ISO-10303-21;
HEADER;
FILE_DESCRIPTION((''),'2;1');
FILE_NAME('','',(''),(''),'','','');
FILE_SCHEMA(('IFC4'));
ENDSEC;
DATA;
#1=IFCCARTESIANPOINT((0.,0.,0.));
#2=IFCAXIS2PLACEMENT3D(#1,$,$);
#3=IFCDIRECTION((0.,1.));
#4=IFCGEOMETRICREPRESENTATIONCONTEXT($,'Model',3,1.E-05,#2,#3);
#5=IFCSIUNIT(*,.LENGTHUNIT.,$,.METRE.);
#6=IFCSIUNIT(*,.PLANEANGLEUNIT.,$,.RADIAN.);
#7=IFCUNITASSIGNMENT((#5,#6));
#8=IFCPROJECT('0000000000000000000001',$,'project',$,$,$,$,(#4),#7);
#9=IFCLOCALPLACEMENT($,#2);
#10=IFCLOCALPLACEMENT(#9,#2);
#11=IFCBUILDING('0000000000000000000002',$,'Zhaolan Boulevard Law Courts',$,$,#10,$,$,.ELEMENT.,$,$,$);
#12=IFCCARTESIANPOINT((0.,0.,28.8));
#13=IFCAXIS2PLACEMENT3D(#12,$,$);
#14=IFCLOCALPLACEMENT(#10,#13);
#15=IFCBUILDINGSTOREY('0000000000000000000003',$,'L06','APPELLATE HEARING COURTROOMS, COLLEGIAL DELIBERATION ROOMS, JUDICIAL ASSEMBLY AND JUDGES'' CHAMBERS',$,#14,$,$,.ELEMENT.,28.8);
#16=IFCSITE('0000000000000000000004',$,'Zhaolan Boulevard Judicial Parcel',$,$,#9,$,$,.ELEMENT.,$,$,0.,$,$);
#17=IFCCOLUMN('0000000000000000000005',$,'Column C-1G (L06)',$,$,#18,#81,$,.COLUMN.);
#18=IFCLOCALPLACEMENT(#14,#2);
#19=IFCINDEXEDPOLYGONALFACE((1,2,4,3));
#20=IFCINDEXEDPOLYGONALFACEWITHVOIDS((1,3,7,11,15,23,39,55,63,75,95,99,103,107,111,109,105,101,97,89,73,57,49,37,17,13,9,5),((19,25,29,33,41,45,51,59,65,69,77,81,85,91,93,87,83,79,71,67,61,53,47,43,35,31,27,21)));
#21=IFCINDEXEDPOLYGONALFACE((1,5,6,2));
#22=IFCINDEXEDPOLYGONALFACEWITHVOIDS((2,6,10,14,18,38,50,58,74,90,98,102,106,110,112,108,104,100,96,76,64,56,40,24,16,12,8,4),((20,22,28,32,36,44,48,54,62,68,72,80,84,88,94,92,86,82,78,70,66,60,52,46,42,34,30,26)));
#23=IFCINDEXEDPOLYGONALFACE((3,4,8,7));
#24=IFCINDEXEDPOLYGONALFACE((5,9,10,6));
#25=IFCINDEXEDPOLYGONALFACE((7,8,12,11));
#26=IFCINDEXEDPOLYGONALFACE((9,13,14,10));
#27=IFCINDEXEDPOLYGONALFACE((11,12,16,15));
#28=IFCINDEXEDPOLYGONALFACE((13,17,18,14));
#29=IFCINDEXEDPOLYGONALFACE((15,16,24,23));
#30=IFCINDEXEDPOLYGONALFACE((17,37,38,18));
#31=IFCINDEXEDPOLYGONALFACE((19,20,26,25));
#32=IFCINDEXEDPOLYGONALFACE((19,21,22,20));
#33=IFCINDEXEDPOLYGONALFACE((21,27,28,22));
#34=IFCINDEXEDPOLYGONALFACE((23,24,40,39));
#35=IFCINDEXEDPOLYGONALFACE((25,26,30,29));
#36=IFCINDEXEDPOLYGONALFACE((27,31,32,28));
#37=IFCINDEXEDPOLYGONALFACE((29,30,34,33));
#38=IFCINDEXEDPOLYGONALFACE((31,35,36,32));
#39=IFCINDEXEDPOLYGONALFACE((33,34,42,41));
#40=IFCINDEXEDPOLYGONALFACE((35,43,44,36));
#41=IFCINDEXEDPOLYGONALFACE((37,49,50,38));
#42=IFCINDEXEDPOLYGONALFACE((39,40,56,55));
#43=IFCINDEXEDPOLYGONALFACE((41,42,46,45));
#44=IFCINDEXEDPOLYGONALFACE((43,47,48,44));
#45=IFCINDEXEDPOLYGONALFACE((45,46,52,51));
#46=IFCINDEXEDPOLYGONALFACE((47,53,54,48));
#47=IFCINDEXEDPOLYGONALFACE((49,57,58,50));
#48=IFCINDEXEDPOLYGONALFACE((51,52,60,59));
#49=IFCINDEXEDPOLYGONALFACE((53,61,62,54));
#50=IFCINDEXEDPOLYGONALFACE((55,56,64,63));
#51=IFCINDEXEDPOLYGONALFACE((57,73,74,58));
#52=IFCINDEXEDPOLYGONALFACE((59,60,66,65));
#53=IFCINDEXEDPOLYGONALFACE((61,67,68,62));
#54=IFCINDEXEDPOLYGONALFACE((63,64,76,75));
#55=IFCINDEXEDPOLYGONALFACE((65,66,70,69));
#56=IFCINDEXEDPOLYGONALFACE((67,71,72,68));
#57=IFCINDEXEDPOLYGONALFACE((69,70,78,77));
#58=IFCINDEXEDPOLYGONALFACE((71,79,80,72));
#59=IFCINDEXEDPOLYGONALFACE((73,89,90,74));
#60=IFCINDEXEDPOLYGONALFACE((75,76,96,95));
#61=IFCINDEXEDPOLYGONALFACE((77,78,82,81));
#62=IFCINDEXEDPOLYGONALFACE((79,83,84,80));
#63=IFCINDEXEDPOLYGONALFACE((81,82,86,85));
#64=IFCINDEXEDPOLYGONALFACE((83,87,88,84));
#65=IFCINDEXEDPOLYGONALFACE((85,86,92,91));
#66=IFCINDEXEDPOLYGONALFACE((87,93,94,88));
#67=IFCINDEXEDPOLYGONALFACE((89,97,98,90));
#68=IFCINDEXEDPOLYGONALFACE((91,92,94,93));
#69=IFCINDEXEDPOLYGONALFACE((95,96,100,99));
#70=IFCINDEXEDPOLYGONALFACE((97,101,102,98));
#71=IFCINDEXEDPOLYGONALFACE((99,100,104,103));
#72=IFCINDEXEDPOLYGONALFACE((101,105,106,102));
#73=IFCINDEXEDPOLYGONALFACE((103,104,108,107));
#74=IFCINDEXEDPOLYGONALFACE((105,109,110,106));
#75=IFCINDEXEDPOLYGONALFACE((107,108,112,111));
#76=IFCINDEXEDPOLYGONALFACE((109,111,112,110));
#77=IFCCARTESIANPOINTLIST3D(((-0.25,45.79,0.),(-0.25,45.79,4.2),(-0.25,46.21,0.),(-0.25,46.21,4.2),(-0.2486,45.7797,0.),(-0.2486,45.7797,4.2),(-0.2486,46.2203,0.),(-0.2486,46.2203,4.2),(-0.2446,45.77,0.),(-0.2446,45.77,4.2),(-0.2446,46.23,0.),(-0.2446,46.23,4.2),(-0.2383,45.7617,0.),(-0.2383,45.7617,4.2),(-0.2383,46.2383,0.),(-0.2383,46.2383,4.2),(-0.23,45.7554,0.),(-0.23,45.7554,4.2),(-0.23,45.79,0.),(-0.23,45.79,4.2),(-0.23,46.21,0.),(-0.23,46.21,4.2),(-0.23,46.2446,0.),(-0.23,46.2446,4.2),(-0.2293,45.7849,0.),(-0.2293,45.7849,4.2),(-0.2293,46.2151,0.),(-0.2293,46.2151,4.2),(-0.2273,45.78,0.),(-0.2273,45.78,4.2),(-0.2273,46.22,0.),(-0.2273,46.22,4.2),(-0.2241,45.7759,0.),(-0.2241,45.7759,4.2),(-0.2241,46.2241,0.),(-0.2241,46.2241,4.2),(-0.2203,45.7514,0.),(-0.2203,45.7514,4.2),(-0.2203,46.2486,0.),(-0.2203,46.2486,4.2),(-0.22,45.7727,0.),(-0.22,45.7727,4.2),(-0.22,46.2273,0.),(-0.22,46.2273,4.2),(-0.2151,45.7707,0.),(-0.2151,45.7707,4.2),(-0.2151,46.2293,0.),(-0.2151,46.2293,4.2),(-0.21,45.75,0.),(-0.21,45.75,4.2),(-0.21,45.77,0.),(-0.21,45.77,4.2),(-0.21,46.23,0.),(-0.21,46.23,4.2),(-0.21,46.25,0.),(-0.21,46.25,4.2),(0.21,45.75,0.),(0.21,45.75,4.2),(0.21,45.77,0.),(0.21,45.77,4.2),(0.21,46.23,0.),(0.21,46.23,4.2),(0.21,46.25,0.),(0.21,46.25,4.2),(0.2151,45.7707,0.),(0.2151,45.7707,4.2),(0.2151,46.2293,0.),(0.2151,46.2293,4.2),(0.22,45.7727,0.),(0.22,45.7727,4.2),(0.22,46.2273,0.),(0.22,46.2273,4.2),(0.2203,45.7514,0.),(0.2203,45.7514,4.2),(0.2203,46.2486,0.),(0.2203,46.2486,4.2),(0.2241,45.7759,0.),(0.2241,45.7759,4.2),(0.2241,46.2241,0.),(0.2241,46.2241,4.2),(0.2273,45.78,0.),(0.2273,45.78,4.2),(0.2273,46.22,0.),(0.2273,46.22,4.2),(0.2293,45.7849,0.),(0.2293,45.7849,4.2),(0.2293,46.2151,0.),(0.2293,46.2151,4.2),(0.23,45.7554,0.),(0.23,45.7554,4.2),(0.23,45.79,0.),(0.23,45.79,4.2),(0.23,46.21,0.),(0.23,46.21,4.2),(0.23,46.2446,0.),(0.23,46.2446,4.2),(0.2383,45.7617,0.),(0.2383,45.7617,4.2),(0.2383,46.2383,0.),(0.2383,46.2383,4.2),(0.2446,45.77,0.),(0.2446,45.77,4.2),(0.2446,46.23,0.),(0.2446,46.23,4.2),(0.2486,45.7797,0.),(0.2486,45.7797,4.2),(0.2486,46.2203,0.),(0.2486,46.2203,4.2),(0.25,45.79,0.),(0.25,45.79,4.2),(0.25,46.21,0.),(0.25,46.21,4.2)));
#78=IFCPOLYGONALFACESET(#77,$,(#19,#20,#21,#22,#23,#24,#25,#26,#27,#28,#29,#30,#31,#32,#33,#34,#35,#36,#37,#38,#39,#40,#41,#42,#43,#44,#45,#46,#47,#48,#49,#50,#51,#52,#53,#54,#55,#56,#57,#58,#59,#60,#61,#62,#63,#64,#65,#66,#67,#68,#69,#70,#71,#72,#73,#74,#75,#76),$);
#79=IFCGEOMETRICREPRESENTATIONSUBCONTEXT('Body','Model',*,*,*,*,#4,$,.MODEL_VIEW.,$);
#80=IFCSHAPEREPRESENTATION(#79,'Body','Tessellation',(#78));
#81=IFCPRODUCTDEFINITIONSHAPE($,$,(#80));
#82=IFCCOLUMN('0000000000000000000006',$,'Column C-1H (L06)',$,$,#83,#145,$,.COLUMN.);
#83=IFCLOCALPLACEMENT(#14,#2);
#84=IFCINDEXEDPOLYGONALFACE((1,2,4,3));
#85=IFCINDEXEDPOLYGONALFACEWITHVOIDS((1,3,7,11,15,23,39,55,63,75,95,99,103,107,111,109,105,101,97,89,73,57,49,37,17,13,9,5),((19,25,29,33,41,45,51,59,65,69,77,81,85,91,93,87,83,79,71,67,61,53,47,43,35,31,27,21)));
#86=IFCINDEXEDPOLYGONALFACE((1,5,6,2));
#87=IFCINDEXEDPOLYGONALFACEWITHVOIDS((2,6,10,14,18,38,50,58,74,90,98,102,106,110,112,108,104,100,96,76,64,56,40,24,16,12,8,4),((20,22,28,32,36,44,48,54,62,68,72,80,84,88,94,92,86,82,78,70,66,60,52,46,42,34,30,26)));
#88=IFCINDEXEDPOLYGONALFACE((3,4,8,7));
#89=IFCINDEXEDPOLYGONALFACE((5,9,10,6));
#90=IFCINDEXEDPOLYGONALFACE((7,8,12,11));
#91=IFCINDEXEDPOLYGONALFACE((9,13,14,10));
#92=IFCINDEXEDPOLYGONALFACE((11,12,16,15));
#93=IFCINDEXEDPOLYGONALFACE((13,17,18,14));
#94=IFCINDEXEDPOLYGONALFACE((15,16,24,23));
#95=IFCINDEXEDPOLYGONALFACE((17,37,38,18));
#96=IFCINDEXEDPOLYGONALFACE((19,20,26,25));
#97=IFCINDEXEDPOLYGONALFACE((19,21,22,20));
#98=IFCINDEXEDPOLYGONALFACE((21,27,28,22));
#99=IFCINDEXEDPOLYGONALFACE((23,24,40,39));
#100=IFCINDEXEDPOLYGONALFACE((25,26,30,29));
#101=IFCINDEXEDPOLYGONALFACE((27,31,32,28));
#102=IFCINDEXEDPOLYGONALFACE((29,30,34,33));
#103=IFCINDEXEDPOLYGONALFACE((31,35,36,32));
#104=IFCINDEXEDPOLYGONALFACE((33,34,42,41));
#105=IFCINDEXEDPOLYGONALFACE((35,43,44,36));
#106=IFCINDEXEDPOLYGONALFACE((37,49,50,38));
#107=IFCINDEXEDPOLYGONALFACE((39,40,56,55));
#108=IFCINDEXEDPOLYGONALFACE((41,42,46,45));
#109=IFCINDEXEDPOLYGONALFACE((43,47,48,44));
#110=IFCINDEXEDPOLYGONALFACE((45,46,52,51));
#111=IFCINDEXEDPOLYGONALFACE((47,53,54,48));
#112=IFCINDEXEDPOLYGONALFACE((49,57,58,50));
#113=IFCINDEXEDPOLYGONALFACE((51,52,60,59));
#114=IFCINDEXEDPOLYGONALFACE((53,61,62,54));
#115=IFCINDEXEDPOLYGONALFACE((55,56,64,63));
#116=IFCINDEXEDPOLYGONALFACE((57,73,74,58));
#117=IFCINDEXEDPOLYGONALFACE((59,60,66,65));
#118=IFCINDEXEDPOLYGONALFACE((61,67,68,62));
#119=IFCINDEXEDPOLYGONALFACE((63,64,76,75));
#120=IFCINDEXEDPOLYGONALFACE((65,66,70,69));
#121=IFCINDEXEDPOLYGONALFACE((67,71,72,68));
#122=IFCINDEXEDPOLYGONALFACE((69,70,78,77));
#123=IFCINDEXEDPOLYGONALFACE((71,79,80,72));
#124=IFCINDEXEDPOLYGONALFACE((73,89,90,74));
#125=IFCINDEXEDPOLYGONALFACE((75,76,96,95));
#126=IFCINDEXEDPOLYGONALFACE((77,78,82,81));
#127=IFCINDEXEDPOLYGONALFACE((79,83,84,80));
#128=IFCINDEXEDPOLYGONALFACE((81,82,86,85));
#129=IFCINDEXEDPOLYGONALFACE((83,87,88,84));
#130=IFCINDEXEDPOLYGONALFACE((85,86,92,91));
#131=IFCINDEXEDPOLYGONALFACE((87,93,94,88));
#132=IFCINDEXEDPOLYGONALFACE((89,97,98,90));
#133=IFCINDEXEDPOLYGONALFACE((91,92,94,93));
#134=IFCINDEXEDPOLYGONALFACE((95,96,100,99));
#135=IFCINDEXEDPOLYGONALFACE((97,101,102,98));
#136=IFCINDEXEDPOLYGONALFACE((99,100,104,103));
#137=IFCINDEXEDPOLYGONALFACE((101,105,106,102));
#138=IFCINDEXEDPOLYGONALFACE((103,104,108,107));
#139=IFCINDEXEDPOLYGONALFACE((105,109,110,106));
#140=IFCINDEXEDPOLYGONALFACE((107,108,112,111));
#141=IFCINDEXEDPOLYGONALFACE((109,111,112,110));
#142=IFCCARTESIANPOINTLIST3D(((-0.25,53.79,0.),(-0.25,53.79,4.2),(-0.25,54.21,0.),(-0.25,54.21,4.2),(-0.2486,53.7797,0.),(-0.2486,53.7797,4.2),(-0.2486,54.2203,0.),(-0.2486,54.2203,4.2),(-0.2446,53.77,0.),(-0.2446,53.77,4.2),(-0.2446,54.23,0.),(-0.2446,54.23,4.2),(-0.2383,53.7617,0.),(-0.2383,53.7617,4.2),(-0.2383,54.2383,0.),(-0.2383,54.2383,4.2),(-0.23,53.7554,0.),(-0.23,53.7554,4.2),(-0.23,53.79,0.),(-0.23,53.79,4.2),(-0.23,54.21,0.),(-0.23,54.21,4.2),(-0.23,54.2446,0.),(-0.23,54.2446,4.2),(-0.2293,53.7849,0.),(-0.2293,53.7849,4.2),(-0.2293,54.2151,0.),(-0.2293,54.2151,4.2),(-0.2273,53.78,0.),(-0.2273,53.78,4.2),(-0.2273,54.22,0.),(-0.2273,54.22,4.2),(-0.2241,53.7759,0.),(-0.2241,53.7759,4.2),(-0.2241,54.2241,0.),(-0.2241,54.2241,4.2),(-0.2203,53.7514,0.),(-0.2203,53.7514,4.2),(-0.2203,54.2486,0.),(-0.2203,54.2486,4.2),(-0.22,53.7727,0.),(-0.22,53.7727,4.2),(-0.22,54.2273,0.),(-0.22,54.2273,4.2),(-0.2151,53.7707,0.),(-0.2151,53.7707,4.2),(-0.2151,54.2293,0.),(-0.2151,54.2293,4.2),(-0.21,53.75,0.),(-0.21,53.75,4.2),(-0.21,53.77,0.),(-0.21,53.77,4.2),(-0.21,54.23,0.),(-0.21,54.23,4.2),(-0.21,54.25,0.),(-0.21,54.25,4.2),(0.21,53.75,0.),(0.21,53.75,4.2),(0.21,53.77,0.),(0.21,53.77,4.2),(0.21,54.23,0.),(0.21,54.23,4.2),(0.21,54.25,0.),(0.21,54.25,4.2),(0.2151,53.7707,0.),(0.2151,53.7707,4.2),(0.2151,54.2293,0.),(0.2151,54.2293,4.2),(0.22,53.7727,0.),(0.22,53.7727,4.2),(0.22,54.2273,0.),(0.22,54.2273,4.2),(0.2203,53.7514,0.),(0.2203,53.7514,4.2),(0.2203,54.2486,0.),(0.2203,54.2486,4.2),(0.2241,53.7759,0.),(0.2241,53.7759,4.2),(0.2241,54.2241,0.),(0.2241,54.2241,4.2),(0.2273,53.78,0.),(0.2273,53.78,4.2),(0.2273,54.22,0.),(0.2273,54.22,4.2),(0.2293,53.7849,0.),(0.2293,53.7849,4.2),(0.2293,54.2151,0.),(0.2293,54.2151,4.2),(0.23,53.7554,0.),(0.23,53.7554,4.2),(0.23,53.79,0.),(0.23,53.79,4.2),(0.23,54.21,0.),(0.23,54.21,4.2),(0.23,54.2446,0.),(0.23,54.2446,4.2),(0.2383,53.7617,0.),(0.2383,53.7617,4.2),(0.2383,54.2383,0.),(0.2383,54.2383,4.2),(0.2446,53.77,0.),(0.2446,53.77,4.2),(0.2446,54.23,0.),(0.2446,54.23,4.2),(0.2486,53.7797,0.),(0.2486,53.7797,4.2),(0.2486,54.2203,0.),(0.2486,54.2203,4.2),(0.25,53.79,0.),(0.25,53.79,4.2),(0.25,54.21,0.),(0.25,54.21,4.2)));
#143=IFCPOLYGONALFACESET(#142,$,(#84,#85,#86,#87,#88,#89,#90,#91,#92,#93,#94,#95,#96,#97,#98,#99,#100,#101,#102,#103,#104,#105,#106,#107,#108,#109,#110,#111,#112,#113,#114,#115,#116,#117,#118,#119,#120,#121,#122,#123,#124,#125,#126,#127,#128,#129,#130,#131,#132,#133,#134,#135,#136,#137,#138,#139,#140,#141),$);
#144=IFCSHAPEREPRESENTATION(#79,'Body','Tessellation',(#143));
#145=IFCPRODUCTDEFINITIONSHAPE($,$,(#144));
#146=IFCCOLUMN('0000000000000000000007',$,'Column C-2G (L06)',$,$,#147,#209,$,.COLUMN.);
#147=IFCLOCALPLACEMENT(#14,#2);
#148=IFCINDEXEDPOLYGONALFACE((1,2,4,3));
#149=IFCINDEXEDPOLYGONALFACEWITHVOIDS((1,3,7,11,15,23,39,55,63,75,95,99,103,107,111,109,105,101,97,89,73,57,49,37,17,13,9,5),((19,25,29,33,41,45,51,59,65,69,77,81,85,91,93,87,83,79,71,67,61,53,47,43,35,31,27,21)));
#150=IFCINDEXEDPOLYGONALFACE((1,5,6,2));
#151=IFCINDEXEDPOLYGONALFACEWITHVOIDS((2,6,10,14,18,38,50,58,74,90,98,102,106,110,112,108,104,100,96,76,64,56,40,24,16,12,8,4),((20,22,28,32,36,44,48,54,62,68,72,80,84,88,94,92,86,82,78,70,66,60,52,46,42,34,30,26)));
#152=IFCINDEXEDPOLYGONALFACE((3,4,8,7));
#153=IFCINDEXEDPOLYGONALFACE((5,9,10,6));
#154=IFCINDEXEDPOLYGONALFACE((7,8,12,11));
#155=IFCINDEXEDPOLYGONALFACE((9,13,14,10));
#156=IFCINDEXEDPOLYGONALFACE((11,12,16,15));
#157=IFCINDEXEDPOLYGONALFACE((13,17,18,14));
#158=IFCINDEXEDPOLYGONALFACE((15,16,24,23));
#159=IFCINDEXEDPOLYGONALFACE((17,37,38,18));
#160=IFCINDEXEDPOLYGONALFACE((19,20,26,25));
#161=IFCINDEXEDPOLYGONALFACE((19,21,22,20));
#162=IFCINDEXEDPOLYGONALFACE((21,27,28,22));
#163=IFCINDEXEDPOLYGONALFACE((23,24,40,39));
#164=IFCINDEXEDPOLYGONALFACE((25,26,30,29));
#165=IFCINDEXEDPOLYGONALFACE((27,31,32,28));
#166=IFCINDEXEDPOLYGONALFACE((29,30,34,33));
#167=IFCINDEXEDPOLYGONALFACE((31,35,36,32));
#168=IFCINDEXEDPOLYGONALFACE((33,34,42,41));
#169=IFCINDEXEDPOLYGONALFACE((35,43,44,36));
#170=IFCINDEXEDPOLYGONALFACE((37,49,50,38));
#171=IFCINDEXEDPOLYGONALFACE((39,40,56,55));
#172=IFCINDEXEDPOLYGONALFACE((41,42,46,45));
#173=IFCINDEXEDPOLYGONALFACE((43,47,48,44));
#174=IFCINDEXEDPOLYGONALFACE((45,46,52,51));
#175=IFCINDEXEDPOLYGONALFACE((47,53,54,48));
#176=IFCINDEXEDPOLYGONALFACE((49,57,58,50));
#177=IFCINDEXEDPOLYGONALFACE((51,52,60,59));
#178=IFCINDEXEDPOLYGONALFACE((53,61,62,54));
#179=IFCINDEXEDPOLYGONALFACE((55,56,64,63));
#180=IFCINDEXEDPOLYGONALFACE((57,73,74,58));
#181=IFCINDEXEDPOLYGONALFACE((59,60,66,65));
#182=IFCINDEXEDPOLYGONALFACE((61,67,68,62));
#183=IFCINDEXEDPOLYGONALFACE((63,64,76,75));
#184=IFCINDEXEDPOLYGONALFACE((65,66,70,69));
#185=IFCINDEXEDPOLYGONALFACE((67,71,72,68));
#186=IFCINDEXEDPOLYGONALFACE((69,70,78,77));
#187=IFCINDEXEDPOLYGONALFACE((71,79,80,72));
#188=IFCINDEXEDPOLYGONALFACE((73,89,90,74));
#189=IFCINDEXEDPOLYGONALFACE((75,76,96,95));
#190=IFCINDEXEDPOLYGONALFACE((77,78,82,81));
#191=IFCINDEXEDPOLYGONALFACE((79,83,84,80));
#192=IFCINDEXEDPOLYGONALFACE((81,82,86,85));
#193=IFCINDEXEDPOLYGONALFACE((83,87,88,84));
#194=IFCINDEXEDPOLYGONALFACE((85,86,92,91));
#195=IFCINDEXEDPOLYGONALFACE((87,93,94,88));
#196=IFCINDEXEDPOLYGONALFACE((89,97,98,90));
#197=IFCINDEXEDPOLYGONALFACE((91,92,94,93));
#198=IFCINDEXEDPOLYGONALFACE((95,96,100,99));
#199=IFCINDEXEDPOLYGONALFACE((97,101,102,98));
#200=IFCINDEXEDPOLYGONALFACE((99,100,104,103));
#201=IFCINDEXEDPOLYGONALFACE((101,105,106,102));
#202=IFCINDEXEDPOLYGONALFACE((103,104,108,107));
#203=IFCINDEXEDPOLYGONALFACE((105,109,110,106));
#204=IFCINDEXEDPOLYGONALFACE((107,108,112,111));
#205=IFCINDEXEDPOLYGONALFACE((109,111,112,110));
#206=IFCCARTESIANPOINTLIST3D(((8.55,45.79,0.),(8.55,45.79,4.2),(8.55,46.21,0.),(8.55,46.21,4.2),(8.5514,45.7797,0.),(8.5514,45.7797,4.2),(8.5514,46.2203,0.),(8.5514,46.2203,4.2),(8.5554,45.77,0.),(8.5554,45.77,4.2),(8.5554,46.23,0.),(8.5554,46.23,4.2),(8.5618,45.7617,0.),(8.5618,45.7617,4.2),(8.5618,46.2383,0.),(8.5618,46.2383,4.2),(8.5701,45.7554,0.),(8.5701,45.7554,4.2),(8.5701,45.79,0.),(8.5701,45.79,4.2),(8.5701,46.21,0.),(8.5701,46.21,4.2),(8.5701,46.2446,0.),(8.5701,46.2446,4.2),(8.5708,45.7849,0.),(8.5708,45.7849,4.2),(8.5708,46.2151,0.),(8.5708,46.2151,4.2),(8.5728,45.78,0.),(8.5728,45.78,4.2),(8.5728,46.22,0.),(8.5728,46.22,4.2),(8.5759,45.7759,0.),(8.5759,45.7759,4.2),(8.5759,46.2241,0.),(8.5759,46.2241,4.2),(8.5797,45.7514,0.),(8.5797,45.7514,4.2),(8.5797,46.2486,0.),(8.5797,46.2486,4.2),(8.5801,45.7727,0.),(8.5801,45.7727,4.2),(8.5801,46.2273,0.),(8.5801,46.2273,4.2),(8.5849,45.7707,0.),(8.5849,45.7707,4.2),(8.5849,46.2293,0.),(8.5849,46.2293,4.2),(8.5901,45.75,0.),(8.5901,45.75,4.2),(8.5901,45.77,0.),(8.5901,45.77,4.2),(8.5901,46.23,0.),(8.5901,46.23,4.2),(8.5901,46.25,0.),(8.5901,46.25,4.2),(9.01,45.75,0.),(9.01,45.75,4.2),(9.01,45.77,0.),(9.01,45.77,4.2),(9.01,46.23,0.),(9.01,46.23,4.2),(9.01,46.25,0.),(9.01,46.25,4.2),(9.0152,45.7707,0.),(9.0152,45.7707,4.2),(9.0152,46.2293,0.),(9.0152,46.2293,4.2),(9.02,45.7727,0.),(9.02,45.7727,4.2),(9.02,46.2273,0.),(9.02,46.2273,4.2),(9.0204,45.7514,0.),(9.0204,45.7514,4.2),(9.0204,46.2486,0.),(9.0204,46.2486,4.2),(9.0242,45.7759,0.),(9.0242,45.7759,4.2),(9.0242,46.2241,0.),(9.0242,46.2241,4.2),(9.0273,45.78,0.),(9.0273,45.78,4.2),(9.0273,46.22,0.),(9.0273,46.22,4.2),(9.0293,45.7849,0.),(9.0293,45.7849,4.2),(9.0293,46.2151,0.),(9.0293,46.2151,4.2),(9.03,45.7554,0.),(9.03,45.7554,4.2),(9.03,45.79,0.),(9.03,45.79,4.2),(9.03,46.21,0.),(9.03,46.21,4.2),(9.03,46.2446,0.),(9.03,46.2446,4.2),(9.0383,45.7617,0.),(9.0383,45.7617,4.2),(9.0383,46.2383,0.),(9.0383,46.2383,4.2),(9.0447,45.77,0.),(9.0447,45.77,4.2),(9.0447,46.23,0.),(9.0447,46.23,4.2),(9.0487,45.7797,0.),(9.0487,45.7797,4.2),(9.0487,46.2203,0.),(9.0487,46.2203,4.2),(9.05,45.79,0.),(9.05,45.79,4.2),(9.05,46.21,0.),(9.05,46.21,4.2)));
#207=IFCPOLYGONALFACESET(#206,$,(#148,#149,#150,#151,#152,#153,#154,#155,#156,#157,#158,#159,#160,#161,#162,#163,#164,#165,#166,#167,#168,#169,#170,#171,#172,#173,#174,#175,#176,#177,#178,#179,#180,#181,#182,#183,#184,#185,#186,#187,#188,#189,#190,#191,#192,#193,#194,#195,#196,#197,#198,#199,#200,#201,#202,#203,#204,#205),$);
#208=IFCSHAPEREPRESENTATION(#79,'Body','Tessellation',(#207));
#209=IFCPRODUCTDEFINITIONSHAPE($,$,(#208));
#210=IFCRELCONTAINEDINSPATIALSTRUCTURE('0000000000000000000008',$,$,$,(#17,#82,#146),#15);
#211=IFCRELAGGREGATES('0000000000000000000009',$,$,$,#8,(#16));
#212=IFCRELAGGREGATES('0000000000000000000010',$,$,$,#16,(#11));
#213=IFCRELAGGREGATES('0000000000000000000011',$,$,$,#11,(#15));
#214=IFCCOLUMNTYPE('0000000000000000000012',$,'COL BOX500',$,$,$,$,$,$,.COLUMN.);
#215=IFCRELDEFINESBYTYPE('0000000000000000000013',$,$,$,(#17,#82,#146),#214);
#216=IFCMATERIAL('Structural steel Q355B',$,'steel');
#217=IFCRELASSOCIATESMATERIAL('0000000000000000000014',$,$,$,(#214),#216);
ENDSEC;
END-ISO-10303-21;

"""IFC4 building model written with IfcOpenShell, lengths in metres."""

from ifc_helpers import new_model, si_unit, direction, frame, origin, origin_2d, place, context, subcontext, project, spatial, hollow_rectangle, extrude, material, material_profile, profile_set, type_object, element, save


model = new_model("IFC4")

# Units and contexts
model_context = context("Model", 3, precision=1e-05, world=origin(), true_north=direction((0.0, 1.0)))
body_context = subcontext(model_context, "Body", "Model", "MODEL_VIEW")
ifc_project = project(units=[si_unit("LENGTHUNIT", "METRE"), si_unit("PLANEANGLEUNIT", "RADIAN")], contexts=[model_context])

# Site, building, storey
site_placement = place(None, origin())
site = spatial("IfcSite", under=ifc_project, at=site_placement, Name="Zhaolan Boulevard Judicial Parcel", CompositionType="ELEMENT", RefElevation=0.0)
building_placement = place(site_placement, origin())
building = spatial("IfcBuilding", under=site, at=building_placement, Name="Zhaolan Boulevard Law Courts", CompositionType="ELEMENT")
storey_placement = place(building_placement, frame((0.0, 0.0, 28.8)))
storey = spatial("IfcBuildingStorey", under=building, at=storey_placement, Name="L06", Description="APPELLATE HEARING COURTROOMS, COLLEGIAL DELIBERATION ROOMS, JUDICIAL ASSEMBLY AND JUDGES' CHAMBERS", CompositionType="ELEMENT", Elevation=28.8)

# Columns
ifc_material_1 = material(Name="Structural steel Q355B", Category="steel")
ifc_material_profile_1 = material_profile(ifc_material_1, hollow_rectangle(XDim=0.5, YDim=0.5, WallThickness=0.02, InnerFilletRadius=0.02, OuterFilletRadius=0.04, at=origin_2d()), Name="BOX500x500x20")
ifc_profile_set_1 = profile_set([ifc_material_profile_1], Name="Structural steel Q355B")
column_type = type_object("IfcColumnType", Name="COL BOX500", PredefinedType="COLUMN", material=ifc_profile_set_1)
for number, where, z_axis, x_axis, name in (
    (1, (0.0, 46.0, 0.0), (0.0, 0.0, 1.0), (1.0, 0.0, 0.0), "Column C-1G (L06)"),
    (2, (0.0, 54.0, 0.0), (0.0, 0.0, 1.0), (1.0, 0.0, 0.0), "Column C-1H (L06)"),
    (3, (8.8, 46.0, 0.0), (0.0, 0.0, 1.0), (1.0, 0.0, 0.0), "Column C-2G (L06)"),
):
    element("IfcColumn", number, at=place(storey_placement, frame(where, z_axis=z_axis, x_axis=x_axis)), inside=storey, type_object=column_type, Name=name, PredefinedType="COLUMN", context=body_context, shape_type="SweptSolid", body=[
        extrude(hollow_rectangle(XDim=0.5, YDim=0.5, WallThickness=0.02, InnerFilletRadius=0.02, OuterFilletRadius=0.04, at=origin_2d()), origin(), (0.0, 0.0, 1.0), 4.2),
    ])

save(model, "model.ifc")
